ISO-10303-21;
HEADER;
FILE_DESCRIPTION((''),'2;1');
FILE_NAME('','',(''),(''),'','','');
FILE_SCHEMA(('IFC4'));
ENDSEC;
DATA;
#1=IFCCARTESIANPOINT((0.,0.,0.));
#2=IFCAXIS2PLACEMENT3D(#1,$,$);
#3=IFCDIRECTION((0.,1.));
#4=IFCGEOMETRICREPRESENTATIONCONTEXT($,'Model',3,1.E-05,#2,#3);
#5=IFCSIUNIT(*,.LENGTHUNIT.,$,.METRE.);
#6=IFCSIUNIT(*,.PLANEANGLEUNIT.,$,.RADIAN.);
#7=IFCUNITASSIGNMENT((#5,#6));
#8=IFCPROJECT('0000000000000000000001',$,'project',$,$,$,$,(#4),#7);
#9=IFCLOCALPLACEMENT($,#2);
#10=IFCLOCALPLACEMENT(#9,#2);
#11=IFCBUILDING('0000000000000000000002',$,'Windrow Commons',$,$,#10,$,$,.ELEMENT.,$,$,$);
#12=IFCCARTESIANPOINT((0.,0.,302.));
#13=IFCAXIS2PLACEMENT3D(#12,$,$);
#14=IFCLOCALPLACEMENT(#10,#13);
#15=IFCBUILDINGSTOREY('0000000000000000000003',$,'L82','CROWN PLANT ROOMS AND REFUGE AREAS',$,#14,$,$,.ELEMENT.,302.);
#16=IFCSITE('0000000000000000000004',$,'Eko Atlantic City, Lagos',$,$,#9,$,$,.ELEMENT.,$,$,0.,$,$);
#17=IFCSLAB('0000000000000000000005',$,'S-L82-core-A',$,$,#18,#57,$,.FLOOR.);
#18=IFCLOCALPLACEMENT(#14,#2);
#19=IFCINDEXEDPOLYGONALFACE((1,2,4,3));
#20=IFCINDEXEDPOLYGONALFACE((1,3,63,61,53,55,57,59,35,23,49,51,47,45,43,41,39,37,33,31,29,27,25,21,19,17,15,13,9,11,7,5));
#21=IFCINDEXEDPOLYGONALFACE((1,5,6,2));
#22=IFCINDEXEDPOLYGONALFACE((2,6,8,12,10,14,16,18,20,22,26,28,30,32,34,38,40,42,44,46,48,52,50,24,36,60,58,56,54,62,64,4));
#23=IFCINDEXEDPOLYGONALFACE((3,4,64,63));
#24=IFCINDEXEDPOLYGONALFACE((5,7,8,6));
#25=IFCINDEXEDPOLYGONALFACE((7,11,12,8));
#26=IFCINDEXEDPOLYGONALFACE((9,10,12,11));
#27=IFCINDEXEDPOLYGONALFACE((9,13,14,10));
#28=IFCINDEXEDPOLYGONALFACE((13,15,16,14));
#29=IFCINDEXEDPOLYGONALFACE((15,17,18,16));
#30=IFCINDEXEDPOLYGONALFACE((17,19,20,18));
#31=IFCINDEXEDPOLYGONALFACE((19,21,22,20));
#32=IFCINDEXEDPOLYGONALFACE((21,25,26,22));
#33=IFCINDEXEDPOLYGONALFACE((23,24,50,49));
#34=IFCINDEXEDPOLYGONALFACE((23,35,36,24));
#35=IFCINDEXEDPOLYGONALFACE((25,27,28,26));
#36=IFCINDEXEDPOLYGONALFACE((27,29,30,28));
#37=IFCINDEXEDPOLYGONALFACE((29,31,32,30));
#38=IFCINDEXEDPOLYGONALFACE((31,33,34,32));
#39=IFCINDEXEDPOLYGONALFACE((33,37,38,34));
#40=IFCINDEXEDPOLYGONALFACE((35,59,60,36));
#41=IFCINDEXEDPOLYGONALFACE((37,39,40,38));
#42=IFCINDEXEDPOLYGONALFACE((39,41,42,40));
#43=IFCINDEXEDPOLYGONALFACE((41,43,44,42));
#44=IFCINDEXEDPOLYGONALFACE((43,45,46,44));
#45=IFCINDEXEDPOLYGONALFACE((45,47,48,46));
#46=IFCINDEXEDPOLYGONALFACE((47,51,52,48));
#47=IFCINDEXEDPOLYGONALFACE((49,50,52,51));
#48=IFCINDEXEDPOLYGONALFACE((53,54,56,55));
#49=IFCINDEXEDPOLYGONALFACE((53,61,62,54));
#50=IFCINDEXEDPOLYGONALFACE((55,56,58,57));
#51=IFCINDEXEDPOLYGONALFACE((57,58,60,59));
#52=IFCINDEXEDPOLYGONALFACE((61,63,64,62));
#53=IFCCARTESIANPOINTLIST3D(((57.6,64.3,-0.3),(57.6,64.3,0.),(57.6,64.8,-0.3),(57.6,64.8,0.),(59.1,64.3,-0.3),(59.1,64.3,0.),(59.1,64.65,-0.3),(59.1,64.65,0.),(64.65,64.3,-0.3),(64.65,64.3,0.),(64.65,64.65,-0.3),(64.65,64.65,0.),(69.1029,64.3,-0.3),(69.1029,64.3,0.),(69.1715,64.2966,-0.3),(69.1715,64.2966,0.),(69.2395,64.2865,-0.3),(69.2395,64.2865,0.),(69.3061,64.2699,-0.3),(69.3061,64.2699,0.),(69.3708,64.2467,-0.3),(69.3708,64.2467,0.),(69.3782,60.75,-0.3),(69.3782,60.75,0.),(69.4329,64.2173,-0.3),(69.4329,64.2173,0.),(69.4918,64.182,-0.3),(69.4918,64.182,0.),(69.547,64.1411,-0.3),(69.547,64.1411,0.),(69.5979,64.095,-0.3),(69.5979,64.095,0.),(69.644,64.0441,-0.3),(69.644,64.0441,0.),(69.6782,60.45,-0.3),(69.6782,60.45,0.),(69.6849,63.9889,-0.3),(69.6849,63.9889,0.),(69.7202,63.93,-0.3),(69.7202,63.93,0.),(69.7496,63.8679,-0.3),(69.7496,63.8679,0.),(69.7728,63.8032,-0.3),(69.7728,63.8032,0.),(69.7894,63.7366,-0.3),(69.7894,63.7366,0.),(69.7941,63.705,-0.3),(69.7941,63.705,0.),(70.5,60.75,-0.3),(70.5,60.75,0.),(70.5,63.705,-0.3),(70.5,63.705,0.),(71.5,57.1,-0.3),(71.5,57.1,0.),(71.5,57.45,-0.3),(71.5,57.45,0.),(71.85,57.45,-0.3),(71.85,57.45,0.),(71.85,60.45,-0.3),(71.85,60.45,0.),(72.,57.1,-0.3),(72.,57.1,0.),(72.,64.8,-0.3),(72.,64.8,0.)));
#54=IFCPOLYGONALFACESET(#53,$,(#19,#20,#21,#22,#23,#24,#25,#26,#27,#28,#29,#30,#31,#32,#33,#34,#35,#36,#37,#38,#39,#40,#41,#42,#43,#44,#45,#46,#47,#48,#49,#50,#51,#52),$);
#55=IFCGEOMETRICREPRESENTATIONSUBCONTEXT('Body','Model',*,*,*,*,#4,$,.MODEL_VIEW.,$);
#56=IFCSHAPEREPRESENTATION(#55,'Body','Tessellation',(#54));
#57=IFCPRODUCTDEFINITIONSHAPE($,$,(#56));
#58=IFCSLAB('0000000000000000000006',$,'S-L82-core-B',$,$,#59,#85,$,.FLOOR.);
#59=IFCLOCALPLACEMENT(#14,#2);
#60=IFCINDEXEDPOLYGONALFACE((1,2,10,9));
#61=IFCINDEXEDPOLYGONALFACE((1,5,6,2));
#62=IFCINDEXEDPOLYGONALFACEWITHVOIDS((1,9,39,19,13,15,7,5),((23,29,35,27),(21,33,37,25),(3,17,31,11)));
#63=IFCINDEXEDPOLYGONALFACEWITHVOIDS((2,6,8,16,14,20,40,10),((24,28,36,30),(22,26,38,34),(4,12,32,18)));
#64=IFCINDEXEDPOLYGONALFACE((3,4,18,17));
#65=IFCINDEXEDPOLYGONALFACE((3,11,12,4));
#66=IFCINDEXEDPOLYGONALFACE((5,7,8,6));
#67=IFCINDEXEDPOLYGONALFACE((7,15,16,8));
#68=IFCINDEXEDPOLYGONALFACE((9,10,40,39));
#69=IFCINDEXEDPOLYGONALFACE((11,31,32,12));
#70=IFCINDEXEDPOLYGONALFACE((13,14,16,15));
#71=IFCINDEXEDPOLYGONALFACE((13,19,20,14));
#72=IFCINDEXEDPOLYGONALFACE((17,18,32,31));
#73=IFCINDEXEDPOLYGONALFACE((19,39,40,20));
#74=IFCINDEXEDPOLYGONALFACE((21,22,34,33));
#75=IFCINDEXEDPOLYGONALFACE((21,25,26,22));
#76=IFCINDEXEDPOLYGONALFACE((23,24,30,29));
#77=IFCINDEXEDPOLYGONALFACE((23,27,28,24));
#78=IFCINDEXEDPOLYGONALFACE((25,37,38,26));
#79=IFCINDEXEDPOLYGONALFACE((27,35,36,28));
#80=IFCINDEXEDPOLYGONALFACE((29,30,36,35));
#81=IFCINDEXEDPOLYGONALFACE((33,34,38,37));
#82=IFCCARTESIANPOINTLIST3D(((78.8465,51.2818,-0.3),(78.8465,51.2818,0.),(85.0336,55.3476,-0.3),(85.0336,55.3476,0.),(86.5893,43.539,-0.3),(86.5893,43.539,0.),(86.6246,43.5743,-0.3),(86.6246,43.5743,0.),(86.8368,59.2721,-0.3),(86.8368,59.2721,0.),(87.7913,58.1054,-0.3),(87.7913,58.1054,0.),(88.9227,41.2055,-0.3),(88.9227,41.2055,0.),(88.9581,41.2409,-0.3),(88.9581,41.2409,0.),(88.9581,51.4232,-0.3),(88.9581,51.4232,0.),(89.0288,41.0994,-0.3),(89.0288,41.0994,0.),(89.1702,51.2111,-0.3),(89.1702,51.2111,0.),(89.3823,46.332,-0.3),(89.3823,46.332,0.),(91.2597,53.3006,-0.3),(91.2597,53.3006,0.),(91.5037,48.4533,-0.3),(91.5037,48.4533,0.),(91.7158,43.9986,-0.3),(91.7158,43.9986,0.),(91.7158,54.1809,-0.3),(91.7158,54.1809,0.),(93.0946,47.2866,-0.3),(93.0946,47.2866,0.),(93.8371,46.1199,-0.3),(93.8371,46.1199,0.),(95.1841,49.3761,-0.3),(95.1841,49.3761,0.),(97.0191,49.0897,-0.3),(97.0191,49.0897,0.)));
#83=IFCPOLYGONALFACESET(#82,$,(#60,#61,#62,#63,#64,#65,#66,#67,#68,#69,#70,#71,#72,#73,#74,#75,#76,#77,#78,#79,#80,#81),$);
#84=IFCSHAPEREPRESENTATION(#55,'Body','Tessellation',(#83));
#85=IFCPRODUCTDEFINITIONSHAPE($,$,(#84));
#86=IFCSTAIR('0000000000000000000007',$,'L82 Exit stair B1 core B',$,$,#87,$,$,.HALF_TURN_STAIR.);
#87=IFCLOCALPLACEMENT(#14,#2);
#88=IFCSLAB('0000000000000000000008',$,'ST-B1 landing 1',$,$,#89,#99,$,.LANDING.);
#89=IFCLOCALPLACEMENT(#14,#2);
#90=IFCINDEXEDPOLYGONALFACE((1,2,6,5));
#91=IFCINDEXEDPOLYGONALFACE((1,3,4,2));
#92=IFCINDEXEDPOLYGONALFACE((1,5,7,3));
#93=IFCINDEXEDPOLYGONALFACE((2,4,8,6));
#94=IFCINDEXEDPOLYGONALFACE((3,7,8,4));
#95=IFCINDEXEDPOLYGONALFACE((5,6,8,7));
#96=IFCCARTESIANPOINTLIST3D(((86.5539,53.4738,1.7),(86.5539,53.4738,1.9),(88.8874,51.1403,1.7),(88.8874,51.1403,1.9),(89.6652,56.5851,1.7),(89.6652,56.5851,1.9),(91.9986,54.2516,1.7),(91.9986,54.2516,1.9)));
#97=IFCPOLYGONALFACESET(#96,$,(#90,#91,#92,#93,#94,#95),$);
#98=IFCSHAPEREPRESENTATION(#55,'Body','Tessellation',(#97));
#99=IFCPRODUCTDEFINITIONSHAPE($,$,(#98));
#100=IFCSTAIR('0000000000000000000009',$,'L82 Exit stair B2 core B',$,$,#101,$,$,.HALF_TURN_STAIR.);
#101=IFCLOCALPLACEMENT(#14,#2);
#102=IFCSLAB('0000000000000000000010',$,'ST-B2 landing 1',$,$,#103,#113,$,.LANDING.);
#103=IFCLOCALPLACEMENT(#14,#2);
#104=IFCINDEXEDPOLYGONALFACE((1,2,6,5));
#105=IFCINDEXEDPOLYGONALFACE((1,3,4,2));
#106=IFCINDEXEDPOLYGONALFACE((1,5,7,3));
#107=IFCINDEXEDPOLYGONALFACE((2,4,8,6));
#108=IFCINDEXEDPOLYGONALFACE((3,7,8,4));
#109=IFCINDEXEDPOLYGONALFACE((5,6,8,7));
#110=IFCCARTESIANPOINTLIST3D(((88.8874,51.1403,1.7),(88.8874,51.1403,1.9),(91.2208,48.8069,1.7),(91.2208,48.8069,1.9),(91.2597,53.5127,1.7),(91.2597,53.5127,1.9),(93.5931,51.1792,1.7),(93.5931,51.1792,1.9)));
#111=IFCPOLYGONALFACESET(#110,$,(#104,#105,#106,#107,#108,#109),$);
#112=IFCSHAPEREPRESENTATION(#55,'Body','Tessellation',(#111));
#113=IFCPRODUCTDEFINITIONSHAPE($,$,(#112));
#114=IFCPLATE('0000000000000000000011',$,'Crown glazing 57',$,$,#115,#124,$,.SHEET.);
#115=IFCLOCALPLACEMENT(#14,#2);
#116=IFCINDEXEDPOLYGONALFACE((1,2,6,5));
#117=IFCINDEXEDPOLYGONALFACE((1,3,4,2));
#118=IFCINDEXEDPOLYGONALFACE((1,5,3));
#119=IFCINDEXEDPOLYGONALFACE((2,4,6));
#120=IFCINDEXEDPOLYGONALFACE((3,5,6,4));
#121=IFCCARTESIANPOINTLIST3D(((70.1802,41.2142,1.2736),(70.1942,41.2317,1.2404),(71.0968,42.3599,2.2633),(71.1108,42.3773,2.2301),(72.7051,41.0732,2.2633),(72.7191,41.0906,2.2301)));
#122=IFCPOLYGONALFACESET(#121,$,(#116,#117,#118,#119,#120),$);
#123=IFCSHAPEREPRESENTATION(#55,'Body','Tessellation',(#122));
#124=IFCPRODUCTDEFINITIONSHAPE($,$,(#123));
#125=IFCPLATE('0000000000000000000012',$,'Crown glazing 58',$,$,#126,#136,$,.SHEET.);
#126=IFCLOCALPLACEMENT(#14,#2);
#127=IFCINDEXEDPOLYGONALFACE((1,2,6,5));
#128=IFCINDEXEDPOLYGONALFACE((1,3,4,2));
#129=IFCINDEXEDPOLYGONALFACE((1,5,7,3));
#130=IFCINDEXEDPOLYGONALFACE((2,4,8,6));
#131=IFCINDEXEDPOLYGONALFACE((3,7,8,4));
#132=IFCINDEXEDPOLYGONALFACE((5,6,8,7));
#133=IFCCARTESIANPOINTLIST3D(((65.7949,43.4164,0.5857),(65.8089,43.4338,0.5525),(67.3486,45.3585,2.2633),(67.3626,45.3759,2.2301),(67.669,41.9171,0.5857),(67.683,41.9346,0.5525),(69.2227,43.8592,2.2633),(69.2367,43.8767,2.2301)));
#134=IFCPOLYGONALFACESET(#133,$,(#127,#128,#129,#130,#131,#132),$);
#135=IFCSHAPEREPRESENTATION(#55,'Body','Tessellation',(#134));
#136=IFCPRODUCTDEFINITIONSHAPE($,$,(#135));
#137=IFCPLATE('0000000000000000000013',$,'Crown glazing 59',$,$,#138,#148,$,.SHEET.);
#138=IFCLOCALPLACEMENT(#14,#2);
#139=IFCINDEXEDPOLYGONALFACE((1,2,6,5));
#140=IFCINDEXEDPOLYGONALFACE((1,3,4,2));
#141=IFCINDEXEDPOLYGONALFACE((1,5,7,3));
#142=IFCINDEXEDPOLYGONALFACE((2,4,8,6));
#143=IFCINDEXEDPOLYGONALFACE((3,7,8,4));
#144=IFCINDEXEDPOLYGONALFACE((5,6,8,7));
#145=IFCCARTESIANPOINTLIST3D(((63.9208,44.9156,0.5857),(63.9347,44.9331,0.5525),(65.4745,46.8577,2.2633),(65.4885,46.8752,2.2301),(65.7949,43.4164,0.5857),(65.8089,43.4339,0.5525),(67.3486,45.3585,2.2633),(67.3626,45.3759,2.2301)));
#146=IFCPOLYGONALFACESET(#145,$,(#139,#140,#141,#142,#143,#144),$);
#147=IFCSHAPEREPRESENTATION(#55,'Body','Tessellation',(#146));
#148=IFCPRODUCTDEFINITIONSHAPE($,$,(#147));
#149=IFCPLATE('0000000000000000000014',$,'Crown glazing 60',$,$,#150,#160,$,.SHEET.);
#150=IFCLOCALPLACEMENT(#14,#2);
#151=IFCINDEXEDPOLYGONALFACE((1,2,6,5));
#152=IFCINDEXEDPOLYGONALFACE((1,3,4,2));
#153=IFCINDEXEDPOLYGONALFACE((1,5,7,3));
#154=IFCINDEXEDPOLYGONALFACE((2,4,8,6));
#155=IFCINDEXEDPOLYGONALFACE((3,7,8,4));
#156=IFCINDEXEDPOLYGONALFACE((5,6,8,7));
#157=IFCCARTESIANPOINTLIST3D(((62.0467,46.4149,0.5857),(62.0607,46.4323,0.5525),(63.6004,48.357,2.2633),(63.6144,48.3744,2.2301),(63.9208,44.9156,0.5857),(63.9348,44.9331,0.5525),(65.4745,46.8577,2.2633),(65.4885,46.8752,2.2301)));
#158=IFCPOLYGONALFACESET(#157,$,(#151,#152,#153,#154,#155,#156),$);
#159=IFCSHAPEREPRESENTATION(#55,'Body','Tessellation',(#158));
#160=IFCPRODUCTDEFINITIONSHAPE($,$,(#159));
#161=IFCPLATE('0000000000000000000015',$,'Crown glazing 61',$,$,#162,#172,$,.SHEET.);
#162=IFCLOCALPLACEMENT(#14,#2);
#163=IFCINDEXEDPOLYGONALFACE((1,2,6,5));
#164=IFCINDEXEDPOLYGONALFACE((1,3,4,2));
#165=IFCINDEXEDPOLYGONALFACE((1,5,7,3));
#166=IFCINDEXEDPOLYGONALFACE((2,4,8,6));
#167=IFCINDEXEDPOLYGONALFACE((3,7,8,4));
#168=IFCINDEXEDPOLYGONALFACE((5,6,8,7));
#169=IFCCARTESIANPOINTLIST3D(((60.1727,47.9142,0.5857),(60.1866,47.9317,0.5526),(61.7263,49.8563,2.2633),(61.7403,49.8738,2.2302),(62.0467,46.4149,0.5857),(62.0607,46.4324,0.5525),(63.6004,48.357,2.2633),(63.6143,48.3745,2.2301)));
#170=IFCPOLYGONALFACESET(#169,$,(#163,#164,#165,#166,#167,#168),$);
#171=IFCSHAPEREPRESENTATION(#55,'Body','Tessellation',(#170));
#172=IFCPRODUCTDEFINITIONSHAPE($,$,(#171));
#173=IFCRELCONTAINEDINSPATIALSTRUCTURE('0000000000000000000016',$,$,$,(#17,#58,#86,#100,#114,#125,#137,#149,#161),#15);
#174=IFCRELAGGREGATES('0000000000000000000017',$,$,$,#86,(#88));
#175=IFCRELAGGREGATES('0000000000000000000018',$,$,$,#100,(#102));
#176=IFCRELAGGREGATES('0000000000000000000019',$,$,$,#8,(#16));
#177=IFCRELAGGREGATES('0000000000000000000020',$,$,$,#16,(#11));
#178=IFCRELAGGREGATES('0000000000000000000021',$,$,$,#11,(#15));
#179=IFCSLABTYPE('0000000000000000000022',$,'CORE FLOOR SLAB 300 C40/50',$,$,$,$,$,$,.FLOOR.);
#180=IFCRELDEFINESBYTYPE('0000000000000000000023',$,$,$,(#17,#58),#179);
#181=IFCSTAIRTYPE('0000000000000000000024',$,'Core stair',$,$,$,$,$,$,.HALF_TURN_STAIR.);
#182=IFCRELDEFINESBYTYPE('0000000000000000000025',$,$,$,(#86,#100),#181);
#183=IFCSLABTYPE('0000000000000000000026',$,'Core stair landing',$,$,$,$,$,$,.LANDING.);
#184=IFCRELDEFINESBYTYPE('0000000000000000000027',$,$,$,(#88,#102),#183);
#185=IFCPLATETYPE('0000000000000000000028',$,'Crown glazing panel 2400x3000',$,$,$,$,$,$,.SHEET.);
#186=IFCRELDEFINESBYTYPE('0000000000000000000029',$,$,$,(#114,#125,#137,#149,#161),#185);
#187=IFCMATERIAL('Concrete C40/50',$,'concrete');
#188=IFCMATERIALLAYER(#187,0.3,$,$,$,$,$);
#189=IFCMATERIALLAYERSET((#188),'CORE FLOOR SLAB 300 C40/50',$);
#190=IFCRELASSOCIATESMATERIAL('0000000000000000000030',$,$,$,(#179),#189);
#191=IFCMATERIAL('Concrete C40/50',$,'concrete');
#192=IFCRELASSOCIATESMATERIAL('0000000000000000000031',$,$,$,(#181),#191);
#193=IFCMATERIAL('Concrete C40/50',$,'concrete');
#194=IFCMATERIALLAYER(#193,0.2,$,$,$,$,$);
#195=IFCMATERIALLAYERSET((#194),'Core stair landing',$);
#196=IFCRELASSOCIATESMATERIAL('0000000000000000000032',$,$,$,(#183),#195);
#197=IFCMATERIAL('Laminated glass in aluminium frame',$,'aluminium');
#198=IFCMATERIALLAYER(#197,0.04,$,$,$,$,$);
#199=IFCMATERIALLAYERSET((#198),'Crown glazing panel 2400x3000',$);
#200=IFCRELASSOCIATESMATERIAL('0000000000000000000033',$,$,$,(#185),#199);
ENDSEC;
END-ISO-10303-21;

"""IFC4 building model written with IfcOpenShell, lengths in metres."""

from ifc_helpers import new_model, si_unit, direction, frame, origin, place, context, subcontext, project, spatial, polyline, outline, extrude, material, layer, layer_set, type_object, element, aggregate, save


model = new_model("IFC4")

# Units and contexts
model_context = context("Model", 3, precision=1e-05, world=origin(), true_north=direction((0.0, 1.0)))
body_context = subcontext(model_context, "Body", "Model", "MODEL_VIEW")
ifc_project = project(units=[si_unit("LENGTHUNIT", "METRE"), si_unit("PLANEANGLEUNIT", "RADIAN")], contexts=[model_context])

# Site, building, storey
site_placement = place(None, origin())
site = spatial("IfcSite", under=ifc_project, at=site_placement, Name="Eko Atlantic City, Lagos", CompositionType="ELEMENT", RefElevation=0.0)
building_placement = place(site_placement, origin())
building = spatial("IfcBuilding", under=site, at=building_placement, Name="Windrow Commons", CompositionType="ELEMENT")
storey_placement = place(building_placement, frame((0.0, 0.0, 302.0)))
storey = spatial("IfcBuildingStorey", under=building, at=storey_placement, Name="L82", Description="CROWN PLANT ROOMS AND REFUGE AREAS", CompositionType="ELEMENT", Elevation=302.0)

# Slab
ifc_material_1 = material(Name="Concrete C40/50", Category="concrete")
ifc_layer_1 = layer(ifc_material_1, 0.3)
ifc_layer_set_1 = layer_set([ifc_layer_1], Name="CORE FLOOR SLAB 300 C40/50")
slab_type_1 = type_object("IfcSlabType", Name="CORE FLOOR SLAB 300 C40/50", PredefinedType="FLOOR", material=ifc_layer_set_1)
placement_1 = place(storey_placement, frame((0.0, 0.0, -0.3)))
element("IfcSlab", 1, at=placement_1, inside=storey, type_object=slab_type_1, Name="S-L82-core-A", PredefinedType="FLOOR", context=body_context, shape_type="SweptSolid", body=[
    extrude(outline(polyline([(57.6, 64.8), (72.0, 64.8), (72.0, 57.1), (71.5, 57.1), (71.5, 57.45), (71.85, 57.45), (71.85, 60.45), (69.6782, 60.45), (69.3782, 60.75), (70.5, 60.75), (70.5, 63.705), (69.7941, 63.705), (69.7894, 63.7366), (69.7728, 63.8032), (69.7496, 63.8679), (69.7202, 63.93), (69.6849, 63.9889), (69.644, 64.0441), (69.5979, 64.095), (69.547, 64.1411), (69.4918, 64.182), (69.4329, 64.2173), (69.3708, 64.2467), (69.3061, 64.2699), (69.2395, 64.2865), (69.1715, 64.2966), (69.1029, 64.3), (64.65, 64.3), (64.65, 64.65), (59.1, 64.65), (59.1, 64.3), (57.6, 64.3), (57.6, 64.8)])), origin(), (0.0, 0.0, 1.0), 0.3),
])

# Slab, openings
slab_1 = element("IfcSlab", 2, at=placement_1, inside=storey, type_object=slab_type_1, Name="S-L82-core-B", PredefinedType="FLOOR", context=body_context, shape_type="SweptSolid", body=[
    extrude(outline(polyline([(86.8368, 59.2721), (97.0191, 49.0897), (89.0288, 41.0994), (88.9227, 41.2055), (88.9581, 41.2409), (86.6246, 43.5743), (86.5893, 43.539), (78.8465, 51.2818), (86.8368, 59.2721)]), holes=[polyline([(91.7158, 43.9986), (93.8371, 46.1199), (91.5037, 48.4533), (89.3823, 46.332), (91.7158, 43.9986)]), polyline([(88.9581, 51.4232), (91.7158, 54.1809), (87.7913, 58.1054), (85.0336, 55.3476), (88.9581, 51.4232)]), polyline([(93.0946, 47.2866), (95.1841, 49.3761), (91.2597, 53.3006), (89.1702, 51.2111), (93.0946, 47.2866)])]), origin(), (0.0, 0.0, 1.0), 0.3),
])
opening_1_placement = place(placement_1, origin())
element("IfcOpeningElement", 3, at=opening_1_placement, cuts=slab_1, PredefinedType="OPENING", context=body_context, shape_type="SweptSolid", body=[
    extrude(outline(polyline([(91.7158, 44.0057), (89.3894, 46.332), (91.5037, 48.4462), (93.83, 46.1199), (91.7158, 44.0057)])), origin(), (0.0, 0.0, 1.0), 0.3),
])
opening_2_placement = place(placement_1, origin())
element("IfcOpeningElement", 4, at=opening_2_placement, cuts=slab_1, PredefinedType="OPENING", context=body_context, shape_type="SweptSolid", body=[
    extrude(outline(polyline([(88.9581, 51.4303), (85.0407, 55.3476), (87.7913, 58.0983), (91.7087, 54.1809), (88.9581, 51.4303)])), origin(), (0.0, 0.0, 1.0), 0.3),
])
opening_3_placement = place(placement_1, origin())
element("IfcOpeningElement", 5, at=opening_3_placement, cuts=slab_1, PredefinedType="OPENING", context=body_context, shape_type="SweptSolid", body=[
    extrude(outline(polyline([(93.0946, 47.2937), (89.1773, 51.2111), (91.2597, 53.2935), (95.177, 49.3761), (93.0946, 47.2937)])), origin(), (0.0, 0.0, 1.0), 0.3),
])

# Stairs, slabs
ifc_material_2 = material(Name="Concrete C40/50", Category="concrete")
stair_type = type_object("IfcStairType", Name="Core stair", PredefinedType="HALF_TURN_STAIR", material=ifc_material_2)
placement_2 = place(storey_placement, origin())
stair_1 = element("IfcStair", 6, at=placement_2, inside=storey, type_object=stair_type, Name="L82 Exit stair B1 core B", PredefinedType="HALF_TURN_STAIR")
ifc_material_3 = material(Name="Concrete C40/50", Category="concrete")
ifc_layer_2 = layer(ifc_material_3, 0.2)
ifc_layer_set_2 = layer_set([ifc_layer_2], Name="Core stair landing")
slab_type_2 = type_object("IfcSlabType", Name="Core stair landing", PredefinedType="LANDING", material=ifc_layer_set_2)
placement_3 = place(storey_placement, frame((0.0, 0.0, 1.7)))
slab_2 = element("IfcSlab", 7, at=placement_3, type_object=slab_type_2, Name="ST-B1 landing 1", PredefinedType="LANDING", context=body_context, shape_type="SweptSolid", body=[
    extrude(outline(polyline([(86.5539, 53.4738), (88.8874, 51.1403), (91.9986, 54.2516), (89.6652, 56.5851), (86.5539, 53.4738)])), origin(), (0.0, 0.0, 1.0), 0.2),
])
aggregate(stair_1, [slab_2])
stair_2 = element("IfcStair", 8, at=placement_2, inside=storey, type_object=stair_type, Name="L82 Exit stair B2 core B", PredefinedType="HALF_TURN_STAIR")
slab_3 = element("IfcSlab", 9, at=placement_3, type_object=slab_type_2, Name="ST-B2 landing 1", PredefinedType="LANDING", context=body_context, shape_type="SweptSolid", body=[
    extrude(outline(polyline([(88.8874, 51.1403), (91.2208, 48.8069), (93.5931, 51.1792), (91.2597, 53.5127), (88.8874, 51.1403)])), origin(), (0.0, 0.0, 1.0), 0.2),
])
aggregate(stair_2, [slab_3])

# Plates
ifc_material_4 = material(Name="Laminated glass in aluminium frame", Category="aluminium")
ifc_layer_3 = layer(ifc_material_4, 0.04)
ifc_layer_set_3 = layer_set([ifc_layer_3], Name="Crown glazing panel 2400x3000")
plate_type = type_object("IfcPlateType", Name="Crown glazing panel 2400x3000", PredefinedType="SHEET", material=ifc_layer_set_3)
plate_1_placement = place(storey_placement, frame((70.1802, 41.2142, 1.2736), z_axis=(-0.349344, -0.436659, 0.829028), x_axis=(0.517904, 0.647351, 0.559207)))
element("IfcPlate", 10, at=plate_1_placement, inside=storey, type_object=plate_type, Name="Crown glazing 57", PredefinedType="SHEET", context=body_context, shape_type="SweptSolid", body=[
    extrude(outline(polyline([(0.0, 0.0), (1.7698, 0.0), (1.7698, -2.0597), (0.0, 0.0)])), origin(), (0.0, 0.0, -1.0), 0.04),
])
plate_2_placement = place(storey_placement, frame((67.669, 41.9171, 0.5857), z_axis=(-0.349331, -0.436658, 0.829034), x_axis=(-0.780865, 0.6247, 0.0)))
element("IfcPlate", 11, at=plate_2_placement, inside=storey, type_object=plate_type, Name="Crown glazing 58", PredefinedType="SHEET", context=body_context, shape_type="SweptSolid", body=[
    extrude(outline(polyline([(0.0, 0.0), (2.4, 0.0), (2.4, -3.0), (0.0, -3.0), (0.0, 0.0)])), origin(), (0.0, 0.0, -1.0), 0.04),
])
plate_3_placement = place(storey_placement, frame((65.7949, 43.4164, 0.5857), z_axis=(-0.349317, -0.436669, 0.829034), x_axis=(-0.780885, 0.624675, 0.0)))
element("IfcPlate", 12, at=plate_3_placement, inside=storey, type_object=plate_type, Name="Crown glazing 59", PredefinedType="SHEET", context=body_context, shape_type="SweptSolid", body=[
    extrude(outline(polyline([(0.0, 0.0), (2.4, 0.0), (2.3999, -3.0), (-0.0001, -3.0), (0.0, 0.0)])), origin(), (0.0, 0.0, -1.0), 0.04),
])
plate_4_placement = place(storey_placement, frame((63.9208, 44.9156, 0.5857), z_axis=(-0.349331, -0.436658, 0.829034), x_axis=(-0.780865, 0.6247, 0.0)))
element("IfcPlate", 13, at=plate_4_placement, inside=storey, type_object=plate_type, Name="Crown glazing 60", PredefinedType="SHEET", context=body_context, shape_type="SweptSolid", body=[
    extrude(outline(polyline([(0.0, 0.0), (2.4, 0.0), (2.4, -3.0), (0.0, -3.0), (0.0, 0.0)])), origin(), (0.0, 0.0, -1.0), 0.04),
])
plate_5_placement = place(storey_placement, frame((62.0467, 46.4149, 0.5857), z_axis=(-0.349339, -0.436657, 0.829031), x_axis=(-0.780851, 0.624717, 0.000006)))
element("IfcPlate", 14, at=plate_5_placement, inside=storey, type_object=plate_type, Name="Crown glazing 61", PredefinedType="SHEET", context=body_context, shape_type="SweptSolid", body=[
    extrude(outline(polyline([(0.0, 0.0), (2.4, 0.0), (2.4001, -3.0), (0.0001, -3.0), (0.0, 0.0)])), origin(), (0.0, 0.0, -1.0), 0.04),
])

save(model, "model.ifc")
